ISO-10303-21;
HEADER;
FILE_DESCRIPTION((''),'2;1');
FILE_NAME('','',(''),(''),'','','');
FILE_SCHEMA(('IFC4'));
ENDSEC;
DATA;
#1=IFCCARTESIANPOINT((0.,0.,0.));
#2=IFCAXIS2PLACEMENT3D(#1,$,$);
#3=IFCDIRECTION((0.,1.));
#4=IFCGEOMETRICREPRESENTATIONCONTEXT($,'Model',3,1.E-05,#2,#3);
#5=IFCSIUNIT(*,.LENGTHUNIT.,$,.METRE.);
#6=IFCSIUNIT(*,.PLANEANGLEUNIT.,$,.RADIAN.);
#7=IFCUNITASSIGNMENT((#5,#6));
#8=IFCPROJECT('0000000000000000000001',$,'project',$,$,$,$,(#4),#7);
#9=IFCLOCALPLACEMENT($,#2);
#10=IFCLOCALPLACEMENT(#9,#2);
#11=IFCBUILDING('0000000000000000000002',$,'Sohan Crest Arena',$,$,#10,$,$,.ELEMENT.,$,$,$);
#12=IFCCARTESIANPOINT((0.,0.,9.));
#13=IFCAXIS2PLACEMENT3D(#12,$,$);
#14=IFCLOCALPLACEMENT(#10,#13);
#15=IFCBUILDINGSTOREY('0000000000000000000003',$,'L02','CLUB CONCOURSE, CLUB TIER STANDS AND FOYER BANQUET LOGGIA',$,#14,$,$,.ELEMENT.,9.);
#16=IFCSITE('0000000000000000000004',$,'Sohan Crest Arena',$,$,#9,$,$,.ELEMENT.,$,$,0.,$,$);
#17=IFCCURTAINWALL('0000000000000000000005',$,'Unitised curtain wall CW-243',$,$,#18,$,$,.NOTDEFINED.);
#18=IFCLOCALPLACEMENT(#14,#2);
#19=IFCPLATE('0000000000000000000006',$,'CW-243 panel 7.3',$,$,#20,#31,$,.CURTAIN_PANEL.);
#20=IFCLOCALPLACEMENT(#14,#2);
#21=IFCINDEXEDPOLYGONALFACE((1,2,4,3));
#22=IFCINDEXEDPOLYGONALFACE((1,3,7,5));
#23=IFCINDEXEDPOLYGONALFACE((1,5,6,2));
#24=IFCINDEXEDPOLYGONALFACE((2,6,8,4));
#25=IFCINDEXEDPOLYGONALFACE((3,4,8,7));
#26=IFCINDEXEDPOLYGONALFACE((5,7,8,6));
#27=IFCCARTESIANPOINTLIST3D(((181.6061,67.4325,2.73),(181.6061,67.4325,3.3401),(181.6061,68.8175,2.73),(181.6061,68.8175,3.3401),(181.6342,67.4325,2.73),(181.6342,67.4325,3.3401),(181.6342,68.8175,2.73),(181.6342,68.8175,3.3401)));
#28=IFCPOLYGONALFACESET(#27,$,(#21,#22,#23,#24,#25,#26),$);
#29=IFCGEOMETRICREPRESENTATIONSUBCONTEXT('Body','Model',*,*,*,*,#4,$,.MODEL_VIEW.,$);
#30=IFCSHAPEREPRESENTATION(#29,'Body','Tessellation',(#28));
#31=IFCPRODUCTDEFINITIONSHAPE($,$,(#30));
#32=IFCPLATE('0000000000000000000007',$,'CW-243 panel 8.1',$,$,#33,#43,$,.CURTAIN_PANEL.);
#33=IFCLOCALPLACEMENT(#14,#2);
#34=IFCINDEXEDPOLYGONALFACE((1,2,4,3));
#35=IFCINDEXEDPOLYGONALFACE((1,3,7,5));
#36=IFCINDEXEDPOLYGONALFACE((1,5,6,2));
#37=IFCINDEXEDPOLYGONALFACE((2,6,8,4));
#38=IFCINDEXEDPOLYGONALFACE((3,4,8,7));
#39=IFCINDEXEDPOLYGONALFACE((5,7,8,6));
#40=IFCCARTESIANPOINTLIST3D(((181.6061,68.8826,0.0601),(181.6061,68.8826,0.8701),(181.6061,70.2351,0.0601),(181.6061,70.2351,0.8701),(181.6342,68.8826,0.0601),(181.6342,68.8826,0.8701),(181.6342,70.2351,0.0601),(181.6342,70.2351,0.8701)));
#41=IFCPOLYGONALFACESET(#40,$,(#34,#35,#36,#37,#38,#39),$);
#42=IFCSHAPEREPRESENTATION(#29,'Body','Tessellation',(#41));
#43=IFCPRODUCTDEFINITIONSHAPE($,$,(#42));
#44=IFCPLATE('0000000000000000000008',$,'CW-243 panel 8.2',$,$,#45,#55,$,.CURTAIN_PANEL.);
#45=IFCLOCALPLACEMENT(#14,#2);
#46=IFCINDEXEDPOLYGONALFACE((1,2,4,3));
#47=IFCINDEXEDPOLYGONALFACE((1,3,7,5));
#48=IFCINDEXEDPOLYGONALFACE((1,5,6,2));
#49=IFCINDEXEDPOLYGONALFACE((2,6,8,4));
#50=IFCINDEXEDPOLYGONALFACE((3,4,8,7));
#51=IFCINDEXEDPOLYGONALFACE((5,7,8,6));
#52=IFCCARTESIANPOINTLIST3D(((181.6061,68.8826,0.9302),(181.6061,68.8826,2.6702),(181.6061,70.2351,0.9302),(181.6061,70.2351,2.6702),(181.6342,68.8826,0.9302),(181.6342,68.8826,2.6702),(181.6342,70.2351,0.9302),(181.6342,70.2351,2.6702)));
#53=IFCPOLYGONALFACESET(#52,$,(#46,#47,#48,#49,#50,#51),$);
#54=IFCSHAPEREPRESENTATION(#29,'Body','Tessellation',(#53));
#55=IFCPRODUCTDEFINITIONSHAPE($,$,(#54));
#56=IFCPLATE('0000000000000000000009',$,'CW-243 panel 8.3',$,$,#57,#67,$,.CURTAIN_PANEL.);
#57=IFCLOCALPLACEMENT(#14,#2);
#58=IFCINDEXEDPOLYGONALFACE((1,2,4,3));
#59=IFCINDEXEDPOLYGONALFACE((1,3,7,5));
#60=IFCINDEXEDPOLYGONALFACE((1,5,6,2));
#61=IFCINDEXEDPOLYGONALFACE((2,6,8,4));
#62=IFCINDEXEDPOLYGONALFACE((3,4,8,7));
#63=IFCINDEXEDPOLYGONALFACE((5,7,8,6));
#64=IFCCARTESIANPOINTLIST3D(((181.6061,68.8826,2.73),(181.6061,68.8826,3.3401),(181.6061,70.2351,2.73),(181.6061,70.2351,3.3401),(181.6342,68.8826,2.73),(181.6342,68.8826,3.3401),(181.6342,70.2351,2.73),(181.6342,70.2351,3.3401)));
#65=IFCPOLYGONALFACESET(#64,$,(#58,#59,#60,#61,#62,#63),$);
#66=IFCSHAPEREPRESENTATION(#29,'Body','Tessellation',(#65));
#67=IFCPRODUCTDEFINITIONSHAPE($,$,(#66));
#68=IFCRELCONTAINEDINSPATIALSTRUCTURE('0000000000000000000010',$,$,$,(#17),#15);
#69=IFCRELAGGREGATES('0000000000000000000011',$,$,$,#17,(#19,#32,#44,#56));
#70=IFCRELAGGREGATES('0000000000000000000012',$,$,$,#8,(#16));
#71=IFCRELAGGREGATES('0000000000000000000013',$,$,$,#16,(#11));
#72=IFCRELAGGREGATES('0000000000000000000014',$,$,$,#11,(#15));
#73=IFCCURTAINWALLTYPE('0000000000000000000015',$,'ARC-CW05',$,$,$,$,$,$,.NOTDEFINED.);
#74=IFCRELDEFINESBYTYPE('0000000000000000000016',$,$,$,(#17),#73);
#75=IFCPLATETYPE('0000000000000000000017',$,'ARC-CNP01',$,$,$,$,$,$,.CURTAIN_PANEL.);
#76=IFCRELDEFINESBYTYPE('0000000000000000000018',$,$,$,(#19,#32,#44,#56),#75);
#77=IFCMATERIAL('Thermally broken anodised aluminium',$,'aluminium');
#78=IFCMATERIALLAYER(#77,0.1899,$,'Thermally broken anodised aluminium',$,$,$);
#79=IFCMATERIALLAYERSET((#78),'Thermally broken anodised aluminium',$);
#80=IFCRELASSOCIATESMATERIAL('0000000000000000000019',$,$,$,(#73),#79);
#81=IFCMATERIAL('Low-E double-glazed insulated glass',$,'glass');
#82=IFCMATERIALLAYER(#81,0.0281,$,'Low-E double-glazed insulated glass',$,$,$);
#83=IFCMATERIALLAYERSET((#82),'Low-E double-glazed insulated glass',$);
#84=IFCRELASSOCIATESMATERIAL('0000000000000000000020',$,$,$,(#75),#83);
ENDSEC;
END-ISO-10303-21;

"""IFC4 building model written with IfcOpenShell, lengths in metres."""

from ifc_helpers import new_model, si_unit, direction, frame, origin, origin_2d, place, context, subcontext, project, spatial, rectangle, extrude, material, layer, layer_set, type_object, element, aggregate, save


model = new_model("IFC4")

# Units and contexts
model_context = context("Model", 3, precision=1e-05, world=origin(), true_north=direction((0.0, 1.0)))
body_context = subcontext(model_context, "Body", "Model", "MODEL_VIEW")
ifc_project = project(units=[si_unit("LENGTHUNIT", "METRE"), si_unit("PLANEANGLEUNIT", "RADIAN")], contexts=[model_context])

# Site, building, storey
site_placement = place(None, origin())
site = spatial("IfcSite", under=ifc_project, at=site_placement, Name="Sohan Crest Arena", CompositionType="ELEMENT", RefElevation=0.0)
building_placement = place(site_placement, origin())
building = spatial("IfcBuilding", under=site, at=building_placement, Name="Sohan Crest Arena", CompositionType="ELEMENT")
storey_placement = place(building_placement, frame((0.0, 0.0, 9.0)))
storey = spatial("IfcBuildingStorey", under=building, at=storey_placement, Name="L02", Description="CLUB CONCOURSE, CLUB TIER STANDS AND FOYER BANQUET LOGGIA", CompositionType="ELEMENT", Elevation=9.0)

# Shared definitions
ifc_material_1 = material(Name="Thermally broken anodised aluminium", Category="aluminium")

# Curtain wall
ifc_layer_1 = layer(ifc_material_1, 0.1899, Name="Thermally broken anodised aluminium")
ifc_layer_set_1 = layer_set([ifc_layer_1], Name="Thermally broken anodised aluminium")
curtain_wall_type_1 = type_object("IfcCurtainWallType", Name="ARC-CW05", PredefinedType="NOTDEFINED", material=ifc_layer_set_1)
curtain_wall_1_placement = place(storey_placement, origin())
curtain_wall_1 = element("IfcCurtainWall", 1, at=curtain_wall_1_placement, inside=storey, type_object=curtain_wall_type_1, Name="Unitised curtain wall CW-243", PredefinedType="NOTDEFINED")

# Plates
ifc_material_2 = material(Name="Low-E double-glazed insulated glass", Category="glass")
ifc_layer_2 = layer(ifc_material_2, 0.0281, Name="Low-E double-glazed insulated glass")
ifc_layer_set_2 = layer_set([ifc_layer_2], Name="Low-E double-glazed insulated glass")
plate_type = type_object("IfcPlateType", Name="ARC-CNP01", PredefinedType="CURTAIN_PANEL", material=ifc_layer_set_2)
plate_1_placement = place(storey_placement, frame((181.6201, 68.125, 2.73), z_axis=(0.0, 0.0, 1.0), x_axis=(0.0, 1.0, 0.0)))
plate_1 = element("IfcPlate", 2, at=plate_1_placement, type_object=plate_type, Name="CW-243 panel 7.3", PredefinedType="CURTAIN_PANEL", context=body_context, shape_type="SweptSolid", body=[
    extrude(rectangle(XDim=1.385, YDim=0.0281, at=origin_2d()), origin(), (0.0, 0.0, 1.0), 0.6101),
])
plate_2_placement = place(storey_placement, frame((181.6201, 69.5588, 0.0601), z_axis=(0.0, 0.0, 1.0), x_axis=(0.0, 1.0, 0.0)))
plate_2 = element("IfcPlate", 3, at=plate_2_placement, type_object=plate_type, Name="CW-243 panel 8.1", PredefinedType="CURTAIN_PANEL", context=body_context, shape_type="SweptSolid", body=[
    extrude(rectangle(XDim=1.3525, YDim=0.0281, at=origin_2d()), origin(), (0.0, 0.0, 1.0), 0.8101),
])
plate_3_placement = place(storey_placement, frame((181.6201, 69.5588, 0.9302), z_axis=(0.0, 0.0, 1.0), x_axis=(0.0, 1.0, 0.0)))
plate_3 = element("IfcPlate", 4, at=plate_3_placement, type_object=plate_type, Name="CW-243 panel 8.2", PredefinedType="CURTAIN_PANEL", context=body_context, shape_type="SweptSolid", body=[
    extrude(rectangle(XDim=1.3525, YDim=0.0281, at=origin_2d()), origin(), (0.0, 0.0, 1.0), 1.74),
])
plate_4_placement = place(storey_placement, frame((181.6201, 69.5588, 2.73), z_axis=(0.0, 0.0, 1.0), x_axis=(0.0, 1.0, 0.0)))
plate_4 = element("IfcPlate", 5, at=plate_4_placement, type_object=plate_type, Name="CW-243 panel 8.3", PredefinedType="CURTAIN_PANEL", context=body_context, shape_type="SweptSolid", body=[
    extrude(rectangle(XDim=1.3525, YDim=0.0281, at=origin_2d()), origin(), (0.0, 0.0, 1.0), 0.6101),
])
aggregate(curtain_wall_1, [plate_1, plate_2, plate_3, plate_4])

save(model, "model.ifc")
